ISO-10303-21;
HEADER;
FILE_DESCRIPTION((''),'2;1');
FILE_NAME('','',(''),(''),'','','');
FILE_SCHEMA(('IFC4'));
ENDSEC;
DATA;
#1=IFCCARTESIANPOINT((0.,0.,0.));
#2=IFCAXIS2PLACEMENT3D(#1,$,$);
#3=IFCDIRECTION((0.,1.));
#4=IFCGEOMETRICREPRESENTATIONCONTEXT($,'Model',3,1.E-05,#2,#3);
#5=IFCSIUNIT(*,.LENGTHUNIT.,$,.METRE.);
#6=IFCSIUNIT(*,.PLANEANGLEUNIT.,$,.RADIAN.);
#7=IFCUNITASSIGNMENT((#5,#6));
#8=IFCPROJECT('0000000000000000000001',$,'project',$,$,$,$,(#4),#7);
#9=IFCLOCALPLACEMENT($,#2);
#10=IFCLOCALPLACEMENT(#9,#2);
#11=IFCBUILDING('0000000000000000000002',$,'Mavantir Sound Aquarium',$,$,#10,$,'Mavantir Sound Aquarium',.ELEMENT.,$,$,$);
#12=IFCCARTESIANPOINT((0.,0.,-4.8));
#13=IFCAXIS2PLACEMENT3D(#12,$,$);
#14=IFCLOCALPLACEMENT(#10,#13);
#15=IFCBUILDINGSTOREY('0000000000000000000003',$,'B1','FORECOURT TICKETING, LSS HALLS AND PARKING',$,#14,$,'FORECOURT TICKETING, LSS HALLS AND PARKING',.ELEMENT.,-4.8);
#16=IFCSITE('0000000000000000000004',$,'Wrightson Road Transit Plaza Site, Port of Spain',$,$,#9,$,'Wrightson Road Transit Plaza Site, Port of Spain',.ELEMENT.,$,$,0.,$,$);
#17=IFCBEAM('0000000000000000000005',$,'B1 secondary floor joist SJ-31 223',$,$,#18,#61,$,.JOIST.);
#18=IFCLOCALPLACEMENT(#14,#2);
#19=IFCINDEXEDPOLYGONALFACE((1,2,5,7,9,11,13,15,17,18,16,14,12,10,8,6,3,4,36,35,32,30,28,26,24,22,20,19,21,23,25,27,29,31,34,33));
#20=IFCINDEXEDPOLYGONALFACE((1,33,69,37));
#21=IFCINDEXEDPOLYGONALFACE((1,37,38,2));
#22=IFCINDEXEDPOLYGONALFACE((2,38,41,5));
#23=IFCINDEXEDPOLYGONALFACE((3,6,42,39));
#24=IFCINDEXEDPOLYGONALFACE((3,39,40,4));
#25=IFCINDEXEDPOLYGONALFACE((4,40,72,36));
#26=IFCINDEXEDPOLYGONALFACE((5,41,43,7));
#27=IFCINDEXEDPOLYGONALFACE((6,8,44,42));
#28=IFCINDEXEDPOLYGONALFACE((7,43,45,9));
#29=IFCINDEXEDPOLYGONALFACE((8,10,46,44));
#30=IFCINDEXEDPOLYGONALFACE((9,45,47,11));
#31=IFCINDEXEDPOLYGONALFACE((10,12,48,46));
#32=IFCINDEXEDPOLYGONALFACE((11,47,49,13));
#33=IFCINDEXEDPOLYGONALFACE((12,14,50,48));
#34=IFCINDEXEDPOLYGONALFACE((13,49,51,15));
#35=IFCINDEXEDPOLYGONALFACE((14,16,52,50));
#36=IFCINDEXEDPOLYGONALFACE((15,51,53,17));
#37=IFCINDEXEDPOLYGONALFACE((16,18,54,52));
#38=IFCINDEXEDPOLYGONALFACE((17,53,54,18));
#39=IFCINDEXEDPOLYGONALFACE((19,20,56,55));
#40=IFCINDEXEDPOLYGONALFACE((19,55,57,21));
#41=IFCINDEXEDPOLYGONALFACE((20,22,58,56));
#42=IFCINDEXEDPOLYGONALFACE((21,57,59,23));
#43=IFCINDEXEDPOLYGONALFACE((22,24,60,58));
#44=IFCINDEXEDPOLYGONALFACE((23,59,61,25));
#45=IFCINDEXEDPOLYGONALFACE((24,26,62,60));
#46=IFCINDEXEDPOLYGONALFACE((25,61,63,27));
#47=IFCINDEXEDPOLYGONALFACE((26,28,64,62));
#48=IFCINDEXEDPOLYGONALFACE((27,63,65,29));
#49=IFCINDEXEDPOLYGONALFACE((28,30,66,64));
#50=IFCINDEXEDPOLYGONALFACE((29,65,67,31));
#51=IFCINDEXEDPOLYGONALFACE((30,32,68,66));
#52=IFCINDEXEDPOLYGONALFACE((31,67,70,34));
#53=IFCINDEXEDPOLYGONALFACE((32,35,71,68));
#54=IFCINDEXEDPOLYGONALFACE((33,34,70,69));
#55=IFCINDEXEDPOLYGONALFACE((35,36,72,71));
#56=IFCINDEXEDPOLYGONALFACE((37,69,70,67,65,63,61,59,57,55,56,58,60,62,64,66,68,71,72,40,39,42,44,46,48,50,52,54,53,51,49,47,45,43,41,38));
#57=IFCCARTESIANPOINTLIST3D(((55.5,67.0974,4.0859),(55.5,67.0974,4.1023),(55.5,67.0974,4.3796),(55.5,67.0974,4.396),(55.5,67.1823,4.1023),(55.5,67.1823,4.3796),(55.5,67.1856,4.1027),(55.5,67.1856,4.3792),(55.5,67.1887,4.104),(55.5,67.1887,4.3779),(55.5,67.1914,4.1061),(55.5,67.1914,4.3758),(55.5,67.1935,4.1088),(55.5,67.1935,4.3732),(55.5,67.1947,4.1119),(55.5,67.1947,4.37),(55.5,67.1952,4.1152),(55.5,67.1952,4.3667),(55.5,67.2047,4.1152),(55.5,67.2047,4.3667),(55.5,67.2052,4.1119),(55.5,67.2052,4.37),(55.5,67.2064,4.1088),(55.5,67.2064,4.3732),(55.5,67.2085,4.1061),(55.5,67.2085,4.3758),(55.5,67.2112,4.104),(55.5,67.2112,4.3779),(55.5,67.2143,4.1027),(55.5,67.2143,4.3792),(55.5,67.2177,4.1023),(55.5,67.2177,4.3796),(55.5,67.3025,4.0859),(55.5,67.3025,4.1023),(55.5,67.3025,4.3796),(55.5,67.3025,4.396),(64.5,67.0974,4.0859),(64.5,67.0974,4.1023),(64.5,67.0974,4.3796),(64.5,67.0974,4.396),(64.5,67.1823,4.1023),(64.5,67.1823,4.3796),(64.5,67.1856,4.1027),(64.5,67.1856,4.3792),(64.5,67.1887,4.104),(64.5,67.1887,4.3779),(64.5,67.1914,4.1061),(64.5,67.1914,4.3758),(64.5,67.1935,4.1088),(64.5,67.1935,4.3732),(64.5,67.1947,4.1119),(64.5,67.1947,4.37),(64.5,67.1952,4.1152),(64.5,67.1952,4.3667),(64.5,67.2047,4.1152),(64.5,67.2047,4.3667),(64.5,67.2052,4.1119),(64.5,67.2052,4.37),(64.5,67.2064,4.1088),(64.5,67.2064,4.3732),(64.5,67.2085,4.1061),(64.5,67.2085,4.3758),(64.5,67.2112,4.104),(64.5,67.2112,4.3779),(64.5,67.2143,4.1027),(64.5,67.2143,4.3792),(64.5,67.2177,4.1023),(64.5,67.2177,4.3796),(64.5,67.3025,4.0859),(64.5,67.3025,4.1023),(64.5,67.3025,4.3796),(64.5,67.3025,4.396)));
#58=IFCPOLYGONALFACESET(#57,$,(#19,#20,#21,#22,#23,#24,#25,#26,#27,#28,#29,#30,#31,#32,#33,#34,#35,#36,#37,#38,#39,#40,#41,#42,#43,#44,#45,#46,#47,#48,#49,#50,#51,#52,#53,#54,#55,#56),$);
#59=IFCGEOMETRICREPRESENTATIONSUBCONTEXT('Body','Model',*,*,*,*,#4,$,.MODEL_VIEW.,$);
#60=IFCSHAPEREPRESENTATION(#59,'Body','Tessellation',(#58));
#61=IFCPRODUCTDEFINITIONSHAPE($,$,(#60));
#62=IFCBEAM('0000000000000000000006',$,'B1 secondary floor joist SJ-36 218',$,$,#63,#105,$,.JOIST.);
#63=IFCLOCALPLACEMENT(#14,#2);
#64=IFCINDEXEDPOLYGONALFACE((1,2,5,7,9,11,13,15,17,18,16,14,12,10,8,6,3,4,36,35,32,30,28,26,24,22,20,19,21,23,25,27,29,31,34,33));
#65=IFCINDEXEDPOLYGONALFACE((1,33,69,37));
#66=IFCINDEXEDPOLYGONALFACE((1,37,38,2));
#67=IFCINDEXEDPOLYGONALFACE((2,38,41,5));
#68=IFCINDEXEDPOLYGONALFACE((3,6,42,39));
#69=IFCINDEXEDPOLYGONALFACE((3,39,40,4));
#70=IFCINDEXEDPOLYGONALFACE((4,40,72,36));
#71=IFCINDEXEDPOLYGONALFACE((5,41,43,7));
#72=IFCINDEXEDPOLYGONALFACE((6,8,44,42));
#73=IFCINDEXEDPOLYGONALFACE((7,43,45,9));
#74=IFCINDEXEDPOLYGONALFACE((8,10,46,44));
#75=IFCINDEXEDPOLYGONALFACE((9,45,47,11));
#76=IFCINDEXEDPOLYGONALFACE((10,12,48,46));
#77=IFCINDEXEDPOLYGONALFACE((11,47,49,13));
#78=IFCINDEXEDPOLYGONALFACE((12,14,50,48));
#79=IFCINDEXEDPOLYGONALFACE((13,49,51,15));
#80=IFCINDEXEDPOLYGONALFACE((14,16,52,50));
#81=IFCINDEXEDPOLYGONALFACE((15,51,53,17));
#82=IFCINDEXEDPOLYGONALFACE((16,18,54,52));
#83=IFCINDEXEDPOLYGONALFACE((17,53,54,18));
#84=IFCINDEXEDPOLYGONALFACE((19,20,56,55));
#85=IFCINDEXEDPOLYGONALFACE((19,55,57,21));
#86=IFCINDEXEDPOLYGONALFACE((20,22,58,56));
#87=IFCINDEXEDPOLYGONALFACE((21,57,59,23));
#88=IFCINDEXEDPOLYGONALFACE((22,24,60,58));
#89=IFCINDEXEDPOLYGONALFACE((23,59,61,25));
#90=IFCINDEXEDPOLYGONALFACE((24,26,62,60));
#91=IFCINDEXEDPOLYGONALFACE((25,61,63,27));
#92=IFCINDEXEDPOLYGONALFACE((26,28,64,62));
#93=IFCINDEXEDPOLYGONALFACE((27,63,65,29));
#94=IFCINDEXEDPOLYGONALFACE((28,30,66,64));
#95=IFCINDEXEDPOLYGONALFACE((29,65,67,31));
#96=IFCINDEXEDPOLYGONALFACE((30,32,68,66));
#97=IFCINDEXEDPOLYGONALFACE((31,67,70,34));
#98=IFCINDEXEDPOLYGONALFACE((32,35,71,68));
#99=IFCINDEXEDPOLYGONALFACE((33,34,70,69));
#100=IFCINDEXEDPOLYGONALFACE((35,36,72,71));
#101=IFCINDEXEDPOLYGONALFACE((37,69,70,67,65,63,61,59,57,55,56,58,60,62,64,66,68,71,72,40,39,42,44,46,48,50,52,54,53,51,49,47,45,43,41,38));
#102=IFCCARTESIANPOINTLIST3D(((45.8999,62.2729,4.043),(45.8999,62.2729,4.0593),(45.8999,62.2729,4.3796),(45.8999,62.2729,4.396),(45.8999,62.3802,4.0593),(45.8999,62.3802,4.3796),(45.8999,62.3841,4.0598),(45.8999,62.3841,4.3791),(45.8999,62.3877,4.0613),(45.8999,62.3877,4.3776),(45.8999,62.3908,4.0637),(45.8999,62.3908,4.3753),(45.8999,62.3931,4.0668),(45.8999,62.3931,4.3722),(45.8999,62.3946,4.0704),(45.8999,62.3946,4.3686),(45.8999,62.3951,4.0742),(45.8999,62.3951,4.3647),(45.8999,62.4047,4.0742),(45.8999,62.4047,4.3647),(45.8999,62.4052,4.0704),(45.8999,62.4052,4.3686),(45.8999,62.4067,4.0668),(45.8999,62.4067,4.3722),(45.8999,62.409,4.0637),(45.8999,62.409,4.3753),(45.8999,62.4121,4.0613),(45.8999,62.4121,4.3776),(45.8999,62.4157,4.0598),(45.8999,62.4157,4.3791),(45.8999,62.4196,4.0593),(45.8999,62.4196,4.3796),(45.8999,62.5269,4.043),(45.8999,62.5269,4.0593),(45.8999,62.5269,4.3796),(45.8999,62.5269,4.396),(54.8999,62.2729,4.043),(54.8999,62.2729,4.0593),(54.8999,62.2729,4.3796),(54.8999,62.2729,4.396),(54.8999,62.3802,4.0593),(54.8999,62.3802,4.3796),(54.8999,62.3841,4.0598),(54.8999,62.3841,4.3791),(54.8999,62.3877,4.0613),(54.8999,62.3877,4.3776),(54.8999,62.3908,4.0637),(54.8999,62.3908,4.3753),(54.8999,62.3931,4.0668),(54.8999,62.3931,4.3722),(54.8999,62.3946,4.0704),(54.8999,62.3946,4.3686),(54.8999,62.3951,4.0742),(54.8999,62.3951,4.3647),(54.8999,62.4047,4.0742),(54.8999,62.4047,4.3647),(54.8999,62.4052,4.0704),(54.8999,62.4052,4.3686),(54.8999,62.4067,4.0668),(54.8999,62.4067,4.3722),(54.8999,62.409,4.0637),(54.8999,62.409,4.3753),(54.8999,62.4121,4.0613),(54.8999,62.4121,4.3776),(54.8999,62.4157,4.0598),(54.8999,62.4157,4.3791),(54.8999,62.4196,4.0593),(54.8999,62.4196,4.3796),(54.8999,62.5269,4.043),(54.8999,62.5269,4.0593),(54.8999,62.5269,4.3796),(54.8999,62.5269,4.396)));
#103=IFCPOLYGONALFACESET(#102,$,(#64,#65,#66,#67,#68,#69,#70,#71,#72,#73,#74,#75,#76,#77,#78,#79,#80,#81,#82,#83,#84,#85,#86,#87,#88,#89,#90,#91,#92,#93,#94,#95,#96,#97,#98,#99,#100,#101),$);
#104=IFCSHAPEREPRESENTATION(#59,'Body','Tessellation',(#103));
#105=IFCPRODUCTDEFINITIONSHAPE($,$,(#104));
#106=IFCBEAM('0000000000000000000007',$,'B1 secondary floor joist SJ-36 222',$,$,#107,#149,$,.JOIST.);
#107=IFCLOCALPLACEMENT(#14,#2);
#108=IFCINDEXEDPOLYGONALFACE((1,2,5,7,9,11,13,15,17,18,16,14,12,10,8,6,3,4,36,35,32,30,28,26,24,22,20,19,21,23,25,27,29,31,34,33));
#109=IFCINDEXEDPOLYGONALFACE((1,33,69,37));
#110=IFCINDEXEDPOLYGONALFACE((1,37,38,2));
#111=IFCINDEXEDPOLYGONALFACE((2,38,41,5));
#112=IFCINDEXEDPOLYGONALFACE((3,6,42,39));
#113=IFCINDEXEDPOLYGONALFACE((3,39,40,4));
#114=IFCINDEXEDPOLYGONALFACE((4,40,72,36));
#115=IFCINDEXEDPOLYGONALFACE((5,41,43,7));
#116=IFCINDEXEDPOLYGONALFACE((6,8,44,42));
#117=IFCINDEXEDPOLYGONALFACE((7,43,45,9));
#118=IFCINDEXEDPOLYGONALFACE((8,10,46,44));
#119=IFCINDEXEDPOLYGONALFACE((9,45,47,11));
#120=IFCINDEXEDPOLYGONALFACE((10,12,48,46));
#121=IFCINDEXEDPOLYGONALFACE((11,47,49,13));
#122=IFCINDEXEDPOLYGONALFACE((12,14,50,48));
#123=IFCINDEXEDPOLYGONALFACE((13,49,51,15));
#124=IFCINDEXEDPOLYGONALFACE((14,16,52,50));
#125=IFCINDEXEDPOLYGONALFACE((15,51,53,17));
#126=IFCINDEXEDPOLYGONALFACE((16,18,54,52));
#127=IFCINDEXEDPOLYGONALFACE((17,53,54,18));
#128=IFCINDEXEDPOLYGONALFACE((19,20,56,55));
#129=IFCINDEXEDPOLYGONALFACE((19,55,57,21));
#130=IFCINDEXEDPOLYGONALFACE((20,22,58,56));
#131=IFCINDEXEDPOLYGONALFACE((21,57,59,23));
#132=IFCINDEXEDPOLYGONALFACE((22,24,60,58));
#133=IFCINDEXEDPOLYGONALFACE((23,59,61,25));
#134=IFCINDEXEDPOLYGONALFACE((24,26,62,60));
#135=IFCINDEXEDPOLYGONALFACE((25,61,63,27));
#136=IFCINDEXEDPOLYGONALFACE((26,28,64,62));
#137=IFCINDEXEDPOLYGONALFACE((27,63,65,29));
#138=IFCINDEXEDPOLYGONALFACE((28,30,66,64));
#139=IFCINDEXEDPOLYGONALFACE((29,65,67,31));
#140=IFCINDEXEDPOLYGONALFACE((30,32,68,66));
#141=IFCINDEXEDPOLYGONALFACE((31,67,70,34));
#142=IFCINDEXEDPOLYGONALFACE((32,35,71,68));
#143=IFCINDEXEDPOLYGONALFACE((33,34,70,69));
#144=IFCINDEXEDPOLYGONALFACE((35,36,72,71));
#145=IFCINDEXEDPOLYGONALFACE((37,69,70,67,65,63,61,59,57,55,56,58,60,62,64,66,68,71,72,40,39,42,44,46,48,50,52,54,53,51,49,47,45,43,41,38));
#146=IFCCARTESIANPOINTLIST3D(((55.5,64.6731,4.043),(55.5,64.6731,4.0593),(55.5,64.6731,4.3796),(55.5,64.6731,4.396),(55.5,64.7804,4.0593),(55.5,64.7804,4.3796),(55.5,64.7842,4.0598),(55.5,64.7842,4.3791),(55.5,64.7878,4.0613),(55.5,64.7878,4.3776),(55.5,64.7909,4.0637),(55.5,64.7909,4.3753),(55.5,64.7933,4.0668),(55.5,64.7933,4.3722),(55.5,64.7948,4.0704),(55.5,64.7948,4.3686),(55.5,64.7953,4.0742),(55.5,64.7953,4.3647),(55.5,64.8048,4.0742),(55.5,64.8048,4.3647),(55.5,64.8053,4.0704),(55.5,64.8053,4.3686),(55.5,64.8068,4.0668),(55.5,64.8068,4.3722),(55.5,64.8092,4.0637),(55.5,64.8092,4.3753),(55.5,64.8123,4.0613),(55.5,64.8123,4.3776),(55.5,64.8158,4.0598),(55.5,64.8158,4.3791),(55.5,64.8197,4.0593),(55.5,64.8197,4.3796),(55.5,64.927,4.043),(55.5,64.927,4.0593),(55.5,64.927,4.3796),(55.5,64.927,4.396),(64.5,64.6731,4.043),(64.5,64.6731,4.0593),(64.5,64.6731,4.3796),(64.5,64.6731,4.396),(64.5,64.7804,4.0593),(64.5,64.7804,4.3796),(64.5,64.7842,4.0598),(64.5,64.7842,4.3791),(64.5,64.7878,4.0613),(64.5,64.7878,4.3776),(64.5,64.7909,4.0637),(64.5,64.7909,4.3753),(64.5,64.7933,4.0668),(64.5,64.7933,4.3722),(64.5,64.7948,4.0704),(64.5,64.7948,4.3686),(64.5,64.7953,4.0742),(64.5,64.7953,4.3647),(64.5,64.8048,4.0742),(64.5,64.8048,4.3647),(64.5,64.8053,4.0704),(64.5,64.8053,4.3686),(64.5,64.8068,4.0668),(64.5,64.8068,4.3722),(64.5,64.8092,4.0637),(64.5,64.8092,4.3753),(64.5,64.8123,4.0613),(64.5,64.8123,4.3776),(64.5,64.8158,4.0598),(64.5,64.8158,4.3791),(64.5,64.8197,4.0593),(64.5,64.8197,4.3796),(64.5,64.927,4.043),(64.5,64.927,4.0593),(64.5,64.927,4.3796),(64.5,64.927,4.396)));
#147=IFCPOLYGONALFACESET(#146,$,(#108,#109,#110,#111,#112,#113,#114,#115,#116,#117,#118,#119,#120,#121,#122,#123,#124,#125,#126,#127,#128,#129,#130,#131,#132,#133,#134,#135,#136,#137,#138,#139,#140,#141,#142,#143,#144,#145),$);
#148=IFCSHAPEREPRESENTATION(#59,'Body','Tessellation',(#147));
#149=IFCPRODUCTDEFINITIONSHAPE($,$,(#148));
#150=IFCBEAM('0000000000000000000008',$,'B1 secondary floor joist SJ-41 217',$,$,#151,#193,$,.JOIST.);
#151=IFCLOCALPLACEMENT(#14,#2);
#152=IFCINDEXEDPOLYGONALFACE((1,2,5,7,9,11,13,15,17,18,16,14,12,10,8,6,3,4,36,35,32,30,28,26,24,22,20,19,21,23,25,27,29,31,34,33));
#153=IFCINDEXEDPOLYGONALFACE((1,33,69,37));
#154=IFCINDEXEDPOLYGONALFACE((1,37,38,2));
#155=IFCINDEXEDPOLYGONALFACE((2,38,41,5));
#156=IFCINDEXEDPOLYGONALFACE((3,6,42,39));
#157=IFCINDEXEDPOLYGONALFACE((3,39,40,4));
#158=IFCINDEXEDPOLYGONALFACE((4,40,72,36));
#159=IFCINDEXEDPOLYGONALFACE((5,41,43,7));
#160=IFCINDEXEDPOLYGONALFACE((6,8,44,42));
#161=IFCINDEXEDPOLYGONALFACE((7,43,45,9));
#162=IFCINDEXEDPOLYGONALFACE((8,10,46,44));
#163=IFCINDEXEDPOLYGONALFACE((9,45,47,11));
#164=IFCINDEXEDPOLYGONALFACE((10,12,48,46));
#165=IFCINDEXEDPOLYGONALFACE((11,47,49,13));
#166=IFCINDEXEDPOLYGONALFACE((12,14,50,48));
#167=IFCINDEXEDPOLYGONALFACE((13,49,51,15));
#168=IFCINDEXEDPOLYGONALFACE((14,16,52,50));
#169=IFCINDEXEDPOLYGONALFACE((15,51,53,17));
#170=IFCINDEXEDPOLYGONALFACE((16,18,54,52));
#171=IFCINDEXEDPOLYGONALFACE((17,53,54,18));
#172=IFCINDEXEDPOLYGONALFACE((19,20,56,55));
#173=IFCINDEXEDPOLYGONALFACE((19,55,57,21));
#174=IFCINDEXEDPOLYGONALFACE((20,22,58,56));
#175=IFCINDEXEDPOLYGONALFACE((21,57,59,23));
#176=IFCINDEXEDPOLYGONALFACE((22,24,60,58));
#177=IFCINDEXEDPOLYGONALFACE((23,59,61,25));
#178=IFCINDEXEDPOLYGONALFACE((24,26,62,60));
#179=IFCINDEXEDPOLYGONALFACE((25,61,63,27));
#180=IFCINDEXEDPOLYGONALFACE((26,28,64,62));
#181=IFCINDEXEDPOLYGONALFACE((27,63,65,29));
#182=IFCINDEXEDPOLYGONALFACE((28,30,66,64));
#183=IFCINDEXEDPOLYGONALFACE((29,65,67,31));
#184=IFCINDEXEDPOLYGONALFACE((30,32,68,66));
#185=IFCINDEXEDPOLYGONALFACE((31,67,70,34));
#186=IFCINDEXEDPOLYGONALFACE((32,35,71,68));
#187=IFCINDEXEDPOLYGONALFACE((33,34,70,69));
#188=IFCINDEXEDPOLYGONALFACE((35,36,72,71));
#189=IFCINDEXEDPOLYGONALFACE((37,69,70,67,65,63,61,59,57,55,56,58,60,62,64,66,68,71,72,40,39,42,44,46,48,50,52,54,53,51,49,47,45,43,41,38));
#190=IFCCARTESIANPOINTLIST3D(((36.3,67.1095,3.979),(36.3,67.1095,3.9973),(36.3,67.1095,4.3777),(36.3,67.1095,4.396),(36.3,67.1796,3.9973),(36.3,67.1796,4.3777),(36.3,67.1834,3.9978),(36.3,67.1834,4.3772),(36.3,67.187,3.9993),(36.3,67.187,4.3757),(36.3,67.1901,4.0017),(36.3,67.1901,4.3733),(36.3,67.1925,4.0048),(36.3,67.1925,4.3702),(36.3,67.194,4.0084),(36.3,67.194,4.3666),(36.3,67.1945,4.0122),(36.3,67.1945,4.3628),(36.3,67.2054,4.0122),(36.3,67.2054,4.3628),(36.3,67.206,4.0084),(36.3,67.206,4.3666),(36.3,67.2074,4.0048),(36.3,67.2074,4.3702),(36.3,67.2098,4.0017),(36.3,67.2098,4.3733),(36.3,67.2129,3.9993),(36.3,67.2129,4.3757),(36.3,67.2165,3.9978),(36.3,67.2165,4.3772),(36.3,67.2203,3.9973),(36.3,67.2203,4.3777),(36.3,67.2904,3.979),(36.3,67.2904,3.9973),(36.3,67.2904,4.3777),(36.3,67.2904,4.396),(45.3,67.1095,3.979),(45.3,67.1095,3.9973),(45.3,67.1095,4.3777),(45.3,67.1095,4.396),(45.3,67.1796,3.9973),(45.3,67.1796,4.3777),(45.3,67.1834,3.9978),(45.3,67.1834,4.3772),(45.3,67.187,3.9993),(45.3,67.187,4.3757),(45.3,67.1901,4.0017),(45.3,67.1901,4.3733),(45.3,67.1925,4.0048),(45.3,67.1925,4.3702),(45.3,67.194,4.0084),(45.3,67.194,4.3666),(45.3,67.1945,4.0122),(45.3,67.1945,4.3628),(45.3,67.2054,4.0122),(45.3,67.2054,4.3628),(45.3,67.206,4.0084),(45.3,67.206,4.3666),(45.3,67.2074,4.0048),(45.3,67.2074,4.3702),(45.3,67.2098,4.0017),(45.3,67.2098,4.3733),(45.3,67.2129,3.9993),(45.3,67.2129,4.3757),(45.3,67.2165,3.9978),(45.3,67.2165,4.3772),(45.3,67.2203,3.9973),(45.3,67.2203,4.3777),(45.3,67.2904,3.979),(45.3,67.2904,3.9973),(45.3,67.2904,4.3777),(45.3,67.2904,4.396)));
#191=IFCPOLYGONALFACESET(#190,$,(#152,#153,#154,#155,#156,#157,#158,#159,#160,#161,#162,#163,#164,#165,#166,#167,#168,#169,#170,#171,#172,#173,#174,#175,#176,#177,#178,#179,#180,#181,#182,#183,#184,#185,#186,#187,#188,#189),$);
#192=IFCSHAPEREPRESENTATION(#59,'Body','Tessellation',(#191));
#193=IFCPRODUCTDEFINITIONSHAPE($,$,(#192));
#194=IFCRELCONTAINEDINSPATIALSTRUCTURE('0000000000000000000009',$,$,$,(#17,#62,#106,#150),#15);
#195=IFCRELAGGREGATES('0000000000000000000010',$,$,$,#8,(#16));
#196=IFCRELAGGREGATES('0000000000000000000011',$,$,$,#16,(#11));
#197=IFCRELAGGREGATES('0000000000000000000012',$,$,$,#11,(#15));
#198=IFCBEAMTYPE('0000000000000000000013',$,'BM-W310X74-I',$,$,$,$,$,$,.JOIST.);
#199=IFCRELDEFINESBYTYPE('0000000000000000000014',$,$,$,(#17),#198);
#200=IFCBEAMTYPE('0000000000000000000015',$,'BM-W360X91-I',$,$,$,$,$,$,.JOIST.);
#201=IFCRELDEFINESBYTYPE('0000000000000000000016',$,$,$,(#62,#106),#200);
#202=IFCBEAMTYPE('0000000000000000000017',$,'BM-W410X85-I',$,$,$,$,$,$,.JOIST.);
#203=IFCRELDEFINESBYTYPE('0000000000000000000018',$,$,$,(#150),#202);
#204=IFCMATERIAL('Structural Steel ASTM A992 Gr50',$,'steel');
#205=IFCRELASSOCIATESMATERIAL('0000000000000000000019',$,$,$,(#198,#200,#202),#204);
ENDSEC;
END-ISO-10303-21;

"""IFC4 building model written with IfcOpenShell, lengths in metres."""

from ifc_helpers import new_model, si_unit, direction, frame, origin, origin_2d, place, context, subcontext, project, spatial, i_section, extrude, material, material_profile, profile_set, type_object, element, save


model = new_model("IFC4")

# Units and contexts
model_context = context("Model", 3, precision=1e-05, world=origin(), true_north=direction((0.0, 1.0)))
body_context = subcontext(model_context, "Body", "Model", "MODEL_VIEW")
ifc_project = project(units=[si_unit("LENGTHUNIT", "METRE"), si_unit("PLANEANGLEUNIT", "RADIAN")], contexts=[model_context])

# Site, building, storey
site_placement = place(None, origin())
site = spatial("IfcSite", under=ifc_project, at=site_placement, Name="Wrightson Road Transit Plaza Site, Port of Spain", LongName="Wrightson Road Transit Plaza Site, Port of Spain", CompositionType="ELEMENT", RefElevation=0.0)
building_placement = place(site_placement, origin())
building = spatial("IfcBuilding", under=site, at=building_placement, Name="Mavantir Sound Aquarium", LongName="Mavantir Sound Aquarium", CompositionType="ELEMENT")
storey_placement = place(building_placement, frame((0.0, 0.0, -4.8)))
storey = spatial("IfcBuildingStorey", under=building, at=storey_placement, Name="B1", Description="FORECOURT TICKETING, LSS HALLS AND PARKING", LongName="FORECOURT TICKETING, LSS HALLS AND PARKING", CompositionType="ELEMENT", Elevation=-4.8)

# Beams
ifc_material_1 = material(Name="Structural Steel ASTM A992 Gr50", Category="steel")
ifc_material_profile_1 = material_profile(ifc_material_1, i_section(OverallWidth=0.2051, OverallDepth=0.3101, WebThickness=0.0095, FlangeThickness=0.0164, FilletRadius=0.0129, at=origin_2d()), Name="W310X74")
ifc_profile_set_1 = profile_set([ifc_material_profile_1], Name="Structural Steel ASTM A992 Gr50")
beam_type_1 = type_object("IfcBeamType", Name="BM-W310X74-I", PredefinedType="JOIST", material=ifc_profile_set_1)
for number, where, z_axis, x_axis, name in (
    (1, (55.5, 67.2, 4.241), (1.0, 0.0, 0.0), (0.0, 1.0, 0.0), "B1 secondary floor joist SJ-31 223"),
):
    element("IfcBeam", number, at=place(storey_placement, frame(where, z_axis=z_axis, x_axis=x_axis)), inside=storey, type_object=beam_type_1, Name=name, PredefinedType="JOIST", context=body_context, shape_type="SweptSolid", body=[
        extrude(i_section(OverallWidth=0.2051, OverallDepth=0.3101, WebThickness=0.0095, FlangeThickness=0.0164, FilletRadius=0.0129, at=origin_2d()), origin(), (0.0, 0.0, 1.0), 9.0),
    ])
ifc_material_profile_2 = material_profile(ifc_material_1, i_section(OverallWidth=0.2539, OverallDepth=0.353, WebThickness=0.0095, FlangeThickness=0.0164, FilletRadius=0.0149, at=origin_2d()), Name="W360X91")
ifc_profile_set_2 = profile_set([ifc_material_profile_2], Name="Structural Steel ASTM A992 Gr50")
beam_type_2 = type_object("IfcBeamType", Name="BM-W360X91-I", PredefinedType="JOIST", material=ifc_profile_set_2)
for number, where, z_axis, x_axis, name in (
    (2, (45.8999, 62.3999, 4.2195), (1.0, 0.0, 0.0), (0.0, 1.0, 0.0), "B1 secondary floor joist SJ-36 218"),
    (3, (55.5, 64.8, 4.2195), (1.0, 0.0, 0.0), (0.0, 1.0, 0.0), "B1 secondary floor joist SJ-36 222"),
):
    element("IfcBeam", number, at=place(storey_placement, frame(where, z_axis=z_axis, x_axis=x_axis)), inside=storey, type_object=beam_type_2, Name=name, PredefinedType="JOIST", context=body_context, shape_type="SweptSolid", body=[
        extrude(i_section(OverallWidth=0.2539, OverallDepth=0.353, WebThickness=0.0095, FlangeThickness=0.0164, FilletRadius=0.0149, at=origin_2d()), origin(), (0.0, 0.0, 1.0), 9.0),
    ])
ifc_material_profile_3 = material_profile(ifc_material_1, i_section(OverallWidth=0.1809, OverallDepth=0.417, WebThickness=0.011, FlangeThickness=0.0183, FilletRadius=0.0149, at=origin_2d()), Name="W410X85")
ifc_profile_set_3 = profile_set([ifc_material_profile_3], Name="Structural Steel ASTM A992 Gr50")
beam_type_3 = type_object("IfcBeamType", Name="BM-W410X85-I", PredefinedType="JOIST", material=ifc_profile_set_3)
for number, where, z_axis, x_axis, name in (
    (4, (36.3, 67.2, 4.1875), (1.0, 0.0, 0.0), (0.0, 1.0, 0.0), "B1 secondary floor joist SJ-41 217"),
):
    element("IfcBeam", number, at=place(storey_placement, frame(where, z_axis=z_axis, x_axis=x_axis)), inside=storey, type_object=beam_type_3, Name=name, PredefinedType="JOIST", context=body_context, shape_type="SweptSolid", body=[
        extrude(i_section(OverallWidth=0.1809, OverallDepth=0.417, WebThickness=0.011, FlangeThickness=0.0183, FilletRadius=0.0149, at=origin_2d()), origin(), (0.0, 0.0, 1.0), 9.0),
    ])

save(model, "model.ifc")
